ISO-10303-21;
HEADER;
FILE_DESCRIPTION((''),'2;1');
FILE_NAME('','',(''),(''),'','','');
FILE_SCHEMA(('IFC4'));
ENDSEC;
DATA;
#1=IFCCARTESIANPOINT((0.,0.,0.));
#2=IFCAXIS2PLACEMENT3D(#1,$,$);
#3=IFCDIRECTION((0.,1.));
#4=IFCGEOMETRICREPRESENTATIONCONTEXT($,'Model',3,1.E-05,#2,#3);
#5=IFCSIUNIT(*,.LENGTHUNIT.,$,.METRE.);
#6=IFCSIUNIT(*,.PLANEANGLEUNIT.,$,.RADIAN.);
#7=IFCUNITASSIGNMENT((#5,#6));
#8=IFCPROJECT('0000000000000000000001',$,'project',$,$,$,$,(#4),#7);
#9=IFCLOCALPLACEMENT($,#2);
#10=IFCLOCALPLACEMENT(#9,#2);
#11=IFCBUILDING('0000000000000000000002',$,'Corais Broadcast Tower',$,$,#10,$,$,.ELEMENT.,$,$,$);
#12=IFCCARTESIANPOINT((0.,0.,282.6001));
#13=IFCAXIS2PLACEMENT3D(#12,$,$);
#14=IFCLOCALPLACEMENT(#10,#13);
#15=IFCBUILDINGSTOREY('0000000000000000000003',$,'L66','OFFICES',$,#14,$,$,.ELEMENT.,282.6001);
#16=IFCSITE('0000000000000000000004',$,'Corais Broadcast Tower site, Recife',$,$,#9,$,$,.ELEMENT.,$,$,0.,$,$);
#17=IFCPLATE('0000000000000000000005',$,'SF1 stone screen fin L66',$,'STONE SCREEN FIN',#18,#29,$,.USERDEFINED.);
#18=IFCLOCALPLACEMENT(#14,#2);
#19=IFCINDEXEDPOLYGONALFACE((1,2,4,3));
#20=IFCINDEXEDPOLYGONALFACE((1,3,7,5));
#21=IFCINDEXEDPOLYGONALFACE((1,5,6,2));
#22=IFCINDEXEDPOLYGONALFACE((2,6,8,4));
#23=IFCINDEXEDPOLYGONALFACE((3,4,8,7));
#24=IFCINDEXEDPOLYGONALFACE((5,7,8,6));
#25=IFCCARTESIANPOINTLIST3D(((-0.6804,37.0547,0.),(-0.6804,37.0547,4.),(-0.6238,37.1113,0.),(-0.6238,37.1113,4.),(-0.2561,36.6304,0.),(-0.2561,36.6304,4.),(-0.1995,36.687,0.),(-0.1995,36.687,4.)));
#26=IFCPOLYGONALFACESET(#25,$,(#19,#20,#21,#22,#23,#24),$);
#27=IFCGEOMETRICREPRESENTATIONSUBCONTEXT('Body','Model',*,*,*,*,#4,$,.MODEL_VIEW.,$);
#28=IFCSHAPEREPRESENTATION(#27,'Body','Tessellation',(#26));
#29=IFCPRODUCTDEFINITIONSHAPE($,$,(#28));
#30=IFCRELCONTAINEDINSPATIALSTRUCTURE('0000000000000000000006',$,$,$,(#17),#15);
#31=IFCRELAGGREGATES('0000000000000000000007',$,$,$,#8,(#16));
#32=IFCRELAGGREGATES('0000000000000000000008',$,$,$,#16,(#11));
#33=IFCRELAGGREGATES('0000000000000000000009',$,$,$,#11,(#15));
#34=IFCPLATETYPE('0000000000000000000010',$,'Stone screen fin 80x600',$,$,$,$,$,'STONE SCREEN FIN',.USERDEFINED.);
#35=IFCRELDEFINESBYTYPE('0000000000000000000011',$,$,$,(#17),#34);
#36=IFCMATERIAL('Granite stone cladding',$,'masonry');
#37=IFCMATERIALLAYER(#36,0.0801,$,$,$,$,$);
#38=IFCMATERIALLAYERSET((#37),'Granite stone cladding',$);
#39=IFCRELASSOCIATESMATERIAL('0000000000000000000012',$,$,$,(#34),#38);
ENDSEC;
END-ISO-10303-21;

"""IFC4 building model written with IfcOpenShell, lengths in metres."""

from ifc_helpers import new_model, si_unit, direction, frame, origin, origin_2d, place, context, subcontext, project, spatial, rectangle, extrude, material, layer, layer_set, type_object, element, save


model = new_model("IFC4")

# Units and contexts
model_context = context("Model", 3, precision=1e-05, world=origin(), true_north=direction((0.0, 1.0)))
body_context = subcontext(model_context, "Body", "Model", "MODEL_VIEW")
ifc_project = project(units=[si_unit("LENGTHUNIT", "METRE"), si_unit("PLANEANGLEUNIT", "RADIAN")], contexts=[model_context])

# Site, building, storey
site_placement = place(None, origin())
site = spatial("IfcSite", under=ifc_project, at=site_placement, Name="Corais Broadcast Tower site, Recife", CompositionType="ELEMENT", RefElevation=0.0)
building_placement = place(site_placement, origin())
building = spatial("IfcBuilding", under=site, at=building_placement, Name="Corais Broadcast Tower", CompositionType="ELEMENT")
storey_placement = place(building_placement, frame((0.0, 0.0, 282.6001)))
storey = spatial("IfcBuildingStorey", under=building, at=storey_placement, Name="L66", Description="OFFICES", CompositionType="ELEMENT", Elevation=282.6001)

# Plate
ifc_material_1 = material(Name="Granite stone cladding", Category="masonry")
ifc_layer_1 = layer(ifc_material_1, 0.0801)
ifc_layer_set_1 = layer_set([ifc_layer_1], Name="Granite stone cladding")
plate_type_1 = type_object("IfcPlateType", Name="Stone screen fin 80x600", ElementType="STONE SCREEN FIN", PredefinedType="USERDEFINED", material=ifc_layer_set_1)
plate_1_placement = place(storey_placement, frame((-0.4399, 36.8708, 0.0), z_axis=(0.0, 0.0, 1.0), x_axis=(0.707107, 0.707107, 0.0)))
element("IfcPlate", 1, at=plate_1_placement, inside=storey, type_object=plate_type_1, Name="SF1 stone screen fin L66", ObjectType="STONE SCREEN FIN", PredefinedType="USERDEFINED", context=body_context, shape_type="SweptSolid", body=[
    extrude(rectangle(XDim=0.0801, YDim=0.6001, at=origin_2d()), origin(), (0.0, 0.0, 1.0), 4.0),
])

save(model, "model.ifc")
